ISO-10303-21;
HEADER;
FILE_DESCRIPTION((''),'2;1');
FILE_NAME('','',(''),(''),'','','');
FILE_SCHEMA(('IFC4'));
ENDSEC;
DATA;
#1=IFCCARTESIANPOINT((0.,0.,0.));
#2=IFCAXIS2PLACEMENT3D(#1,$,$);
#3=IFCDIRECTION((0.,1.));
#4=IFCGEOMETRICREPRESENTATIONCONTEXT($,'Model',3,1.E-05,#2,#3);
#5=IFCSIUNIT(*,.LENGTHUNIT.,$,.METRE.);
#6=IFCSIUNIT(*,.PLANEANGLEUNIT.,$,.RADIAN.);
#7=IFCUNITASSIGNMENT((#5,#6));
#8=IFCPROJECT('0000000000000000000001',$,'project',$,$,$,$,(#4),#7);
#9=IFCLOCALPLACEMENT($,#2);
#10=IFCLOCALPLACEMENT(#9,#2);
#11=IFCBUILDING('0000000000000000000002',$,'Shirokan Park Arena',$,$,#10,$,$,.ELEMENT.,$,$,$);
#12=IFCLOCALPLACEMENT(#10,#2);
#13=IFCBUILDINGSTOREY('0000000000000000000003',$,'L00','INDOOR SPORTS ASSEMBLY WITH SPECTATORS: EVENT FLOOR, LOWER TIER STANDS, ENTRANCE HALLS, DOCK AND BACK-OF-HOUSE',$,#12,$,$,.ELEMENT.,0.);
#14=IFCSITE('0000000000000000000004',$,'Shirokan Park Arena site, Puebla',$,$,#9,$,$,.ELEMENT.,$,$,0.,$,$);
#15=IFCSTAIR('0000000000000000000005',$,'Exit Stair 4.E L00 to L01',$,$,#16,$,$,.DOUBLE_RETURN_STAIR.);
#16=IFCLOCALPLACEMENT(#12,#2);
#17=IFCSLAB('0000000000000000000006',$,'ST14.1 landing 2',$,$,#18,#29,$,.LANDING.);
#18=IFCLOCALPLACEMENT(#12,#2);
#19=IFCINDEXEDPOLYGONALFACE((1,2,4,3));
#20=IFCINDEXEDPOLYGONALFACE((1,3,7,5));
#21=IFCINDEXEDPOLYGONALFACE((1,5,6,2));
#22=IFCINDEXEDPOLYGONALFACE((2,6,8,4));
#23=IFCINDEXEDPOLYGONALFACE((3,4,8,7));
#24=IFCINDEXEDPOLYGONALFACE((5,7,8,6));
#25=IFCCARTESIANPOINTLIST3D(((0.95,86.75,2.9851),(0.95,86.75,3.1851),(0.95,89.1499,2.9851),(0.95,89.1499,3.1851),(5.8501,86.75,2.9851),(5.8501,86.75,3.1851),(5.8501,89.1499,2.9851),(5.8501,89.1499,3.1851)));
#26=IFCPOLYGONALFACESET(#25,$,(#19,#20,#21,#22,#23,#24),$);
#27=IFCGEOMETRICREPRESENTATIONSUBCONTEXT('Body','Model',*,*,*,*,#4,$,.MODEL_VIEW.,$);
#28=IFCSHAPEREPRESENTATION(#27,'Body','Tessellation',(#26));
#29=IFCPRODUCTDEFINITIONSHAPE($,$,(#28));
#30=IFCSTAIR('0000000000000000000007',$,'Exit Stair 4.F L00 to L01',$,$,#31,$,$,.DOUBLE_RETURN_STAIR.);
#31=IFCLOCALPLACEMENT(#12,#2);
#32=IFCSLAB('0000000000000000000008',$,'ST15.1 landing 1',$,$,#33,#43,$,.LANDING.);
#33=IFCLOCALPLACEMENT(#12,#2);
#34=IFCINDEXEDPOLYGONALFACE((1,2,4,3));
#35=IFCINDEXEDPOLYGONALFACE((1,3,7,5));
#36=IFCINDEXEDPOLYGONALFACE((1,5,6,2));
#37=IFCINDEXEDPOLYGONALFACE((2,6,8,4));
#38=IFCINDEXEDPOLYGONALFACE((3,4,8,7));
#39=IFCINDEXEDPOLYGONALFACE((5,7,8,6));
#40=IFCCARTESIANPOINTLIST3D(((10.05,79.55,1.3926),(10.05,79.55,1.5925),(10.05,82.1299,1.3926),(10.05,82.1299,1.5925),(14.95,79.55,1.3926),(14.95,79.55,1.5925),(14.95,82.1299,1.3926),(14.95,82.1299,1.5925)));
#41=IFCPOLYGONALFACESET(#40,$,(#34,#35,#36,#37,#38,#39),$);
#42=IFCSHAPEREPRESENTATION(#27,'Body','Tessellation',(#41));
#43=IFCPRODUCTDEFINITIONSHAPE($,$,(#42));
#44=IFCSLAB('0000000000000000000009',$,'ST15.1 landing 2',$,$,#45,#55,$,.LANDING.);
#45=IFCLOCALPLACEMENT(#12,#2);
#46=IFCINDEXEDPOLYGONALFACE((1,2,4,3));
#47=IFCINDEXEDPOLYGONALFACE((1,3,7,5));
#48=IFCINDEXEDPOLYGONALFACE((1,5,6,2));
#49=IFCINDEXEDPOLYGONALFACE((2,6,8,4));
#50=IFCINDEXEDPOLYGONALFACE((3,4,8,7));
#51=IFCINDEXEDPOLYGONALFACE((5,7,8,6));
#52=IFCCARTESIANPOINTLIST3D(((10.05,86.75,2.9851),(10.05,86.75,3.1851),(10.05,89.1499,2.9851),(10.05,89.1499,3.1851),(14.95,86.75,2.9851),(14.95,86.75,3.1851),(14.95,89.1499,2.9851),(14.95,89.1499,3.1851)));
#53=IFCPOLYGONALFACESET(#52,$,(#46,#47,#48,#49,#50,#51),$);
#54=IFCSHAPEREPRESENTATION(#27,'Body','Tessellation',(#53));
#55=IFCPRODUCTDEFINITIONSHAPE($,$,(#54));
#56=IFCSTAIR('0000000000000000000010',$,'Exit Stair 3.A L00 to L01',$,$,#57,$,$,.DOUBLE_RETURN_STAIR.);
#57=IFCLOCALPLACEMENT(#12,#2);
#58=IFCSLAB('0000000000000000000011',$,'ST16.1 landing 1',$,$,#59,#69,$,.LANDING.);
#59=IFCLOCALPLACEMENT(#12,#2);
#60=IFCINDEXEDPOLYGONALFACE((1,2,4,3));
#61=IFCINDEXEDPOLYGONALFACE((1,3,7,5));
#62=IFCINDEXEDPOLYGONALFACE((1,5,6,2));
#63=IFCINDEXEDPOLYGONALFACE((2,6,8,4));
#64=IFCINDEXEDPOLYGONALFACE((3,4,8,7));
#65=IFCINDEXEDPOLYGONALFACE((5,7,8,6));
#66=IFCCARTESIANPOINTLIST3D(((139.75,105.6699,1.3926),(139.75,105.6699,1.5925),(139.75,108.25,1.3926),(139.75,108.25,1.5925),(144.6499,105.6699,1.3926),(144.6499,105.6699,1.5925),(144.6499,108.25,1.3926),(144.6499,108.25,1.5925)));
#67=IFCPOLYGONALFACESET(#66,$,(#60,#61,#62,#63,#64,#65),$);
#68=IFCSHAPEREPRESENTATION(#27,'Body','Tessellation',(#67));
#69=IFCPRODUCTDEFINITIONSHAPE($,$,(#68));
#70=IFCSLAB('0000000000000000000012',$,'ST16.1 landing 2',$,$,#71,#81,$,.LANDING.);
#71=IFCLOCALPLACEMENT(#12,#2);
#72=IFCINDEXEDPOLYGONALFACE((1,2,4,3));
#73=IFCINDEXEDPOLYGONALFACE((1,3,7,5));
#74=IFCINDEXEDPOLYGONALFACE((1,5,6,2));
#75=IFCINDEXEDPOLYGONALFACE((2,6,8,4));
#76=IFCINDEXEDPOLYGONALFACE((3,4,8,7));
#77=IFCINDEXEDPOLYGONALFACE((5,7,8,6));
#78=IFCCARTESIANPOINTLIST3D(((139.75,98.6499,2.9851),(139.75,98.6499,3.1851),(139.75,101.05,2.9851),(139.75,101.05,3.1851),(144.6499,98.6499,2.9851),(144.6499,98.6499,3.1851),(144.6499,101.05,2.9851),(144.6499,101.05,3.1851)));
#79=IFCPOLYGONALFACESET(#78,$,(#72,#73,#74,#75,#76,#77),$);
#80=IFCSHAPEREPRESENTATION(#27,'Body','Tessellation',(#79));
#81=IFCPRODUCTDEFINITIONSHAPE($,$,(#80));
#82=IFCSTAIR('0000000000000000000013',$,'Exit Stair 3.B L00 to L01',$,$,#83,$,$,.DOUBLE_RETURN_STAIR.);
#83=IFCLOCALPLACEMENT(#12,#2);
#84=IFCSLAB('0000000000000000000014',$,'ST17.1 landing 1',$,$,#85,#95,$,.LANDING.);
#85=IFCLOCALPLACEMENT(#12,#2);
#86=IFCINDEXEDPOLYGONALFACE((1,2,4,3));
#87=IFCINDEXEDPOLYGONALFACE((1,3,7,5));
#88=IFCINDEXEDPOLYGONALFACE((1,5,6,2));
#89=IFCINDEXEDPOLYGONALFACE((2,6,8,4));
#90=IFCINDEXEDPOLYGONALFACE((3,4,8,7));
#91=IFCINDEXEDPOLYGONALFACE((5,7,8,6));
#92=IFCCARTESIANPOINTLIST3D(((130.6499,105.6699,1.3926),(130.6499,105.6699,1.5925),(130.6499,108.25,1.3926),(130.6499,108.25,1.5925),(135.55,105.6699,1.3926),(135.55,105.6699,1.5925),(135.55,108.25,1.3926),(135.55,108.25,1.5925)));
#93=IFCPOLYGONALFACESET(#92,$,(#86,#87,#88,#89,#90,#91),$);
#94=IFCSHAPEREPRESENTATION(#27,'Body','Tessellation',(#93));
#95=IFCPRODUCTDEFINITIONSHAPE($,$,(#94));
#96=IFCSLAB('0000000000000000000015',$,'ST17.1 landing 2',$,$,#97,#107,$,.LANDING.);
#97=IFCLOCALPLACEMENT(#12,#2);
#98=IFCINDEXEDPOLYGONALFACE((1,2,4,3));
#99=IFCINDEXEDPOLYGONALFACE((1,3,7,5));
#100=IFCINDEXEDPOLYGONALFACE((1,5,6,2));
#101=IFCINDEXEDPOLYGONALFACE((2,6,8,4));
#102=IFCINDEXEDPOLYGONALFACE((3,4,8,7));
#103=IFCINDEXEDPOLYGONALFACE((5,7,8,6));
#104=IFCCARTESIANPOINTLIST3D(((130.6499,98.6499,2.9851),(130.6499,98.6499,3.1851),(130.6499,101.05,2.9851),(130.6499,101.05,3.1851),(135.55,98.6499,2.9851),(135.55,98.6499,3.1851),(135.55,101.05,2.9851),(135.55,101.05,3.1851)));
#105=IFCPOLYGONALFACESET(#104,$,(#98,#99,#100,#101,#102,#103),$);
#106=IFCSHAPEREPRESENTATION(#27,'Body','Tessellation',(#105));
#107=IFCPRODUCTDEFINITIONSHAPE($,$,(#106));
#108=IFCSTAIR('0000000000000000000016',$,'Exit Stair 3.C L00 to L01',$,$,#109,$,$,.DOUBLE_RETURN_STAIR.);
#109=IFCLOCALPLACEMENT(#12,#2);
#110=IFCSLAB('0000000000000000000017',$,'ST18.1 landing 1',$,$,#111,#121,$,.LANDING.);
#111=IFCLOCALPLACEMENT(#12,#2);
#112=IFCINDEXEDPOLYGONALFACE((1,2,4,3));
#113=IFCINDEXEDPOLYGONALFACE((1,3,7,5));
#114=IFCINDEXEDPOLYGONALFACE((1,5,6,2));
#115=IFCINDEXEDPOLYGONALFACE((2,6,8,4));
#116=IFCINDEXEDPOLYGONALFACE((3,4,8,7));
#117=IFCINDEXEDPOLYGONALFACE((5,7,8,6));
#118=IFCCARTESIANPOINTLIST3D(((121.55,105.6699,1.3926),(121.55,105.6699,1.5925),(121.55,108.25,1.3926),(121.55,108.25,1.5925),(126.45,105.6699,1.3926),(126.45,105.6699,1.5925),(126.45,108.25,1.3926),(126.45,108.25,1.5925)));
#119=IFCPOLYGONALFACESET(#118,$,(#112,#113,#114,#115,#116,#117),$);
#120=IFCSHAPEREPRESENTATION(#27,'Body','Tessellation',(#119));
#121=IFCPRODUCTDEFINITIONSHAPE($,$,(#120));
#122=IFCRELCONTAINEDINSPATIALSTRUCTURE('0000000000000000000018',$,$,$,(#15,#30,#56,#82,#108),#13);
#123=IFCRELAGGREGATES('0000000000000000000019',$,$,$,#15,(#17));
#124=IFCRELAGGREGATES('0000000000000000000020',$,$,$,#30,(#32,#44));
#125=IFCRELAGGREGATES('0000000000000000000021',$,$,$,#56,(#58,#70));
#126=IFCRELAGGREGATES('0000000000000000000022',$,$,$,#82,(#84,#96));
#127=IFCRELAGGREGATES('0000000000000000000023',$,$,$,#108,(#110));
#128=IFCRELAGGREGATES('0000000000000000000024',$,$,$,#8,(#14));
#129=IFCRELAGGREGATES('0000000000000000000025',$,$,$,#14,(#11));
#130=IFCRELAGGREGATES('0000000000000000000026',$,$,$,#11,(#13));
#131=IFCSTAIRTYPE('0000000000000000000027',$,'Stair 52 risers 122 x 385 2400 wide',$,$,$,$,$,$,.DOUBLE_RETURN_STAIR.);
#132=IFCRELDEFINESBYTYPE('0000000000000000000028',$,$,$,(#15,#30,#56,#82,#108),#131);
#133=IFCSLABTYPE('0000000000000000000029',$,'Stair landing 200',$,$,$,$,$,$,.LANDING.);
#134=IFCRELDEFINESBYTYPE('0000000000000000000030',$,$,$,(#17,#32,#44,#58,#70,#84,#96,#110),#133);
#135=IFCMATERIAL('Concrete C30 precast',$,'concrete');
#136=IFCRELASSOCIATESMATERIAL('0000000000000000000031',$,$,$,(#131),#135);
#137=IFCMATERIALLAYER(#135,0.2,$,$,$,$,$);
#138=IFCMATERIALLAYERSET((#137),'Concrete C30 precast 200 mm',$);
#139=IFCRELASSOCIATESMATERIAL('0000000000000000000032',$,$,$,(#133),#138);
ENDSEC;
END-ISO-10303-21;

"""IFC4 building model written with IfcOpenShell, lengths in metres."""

from ifc_helpers import new_model, si_unit, direction, frame, origin, place, context, subcontext, project, spatial, polyline, outline, extrude, material, layer, layer_set, type_object, element, aggregate, save


model = new_model("IFC4")

# Units and contexts
model_context = context("Model", 3, precision=1e-05, world=origin(), true_north=direction((0.0, 1.0)))
body_context = subcontext(model_context, "Body", "Model", "MODEL_VIEW")
ifc_project = project(units=[si_unit("LENGTHUNIT", "METRE"), si_unit("PLANEANGLEUNIT", "RADIAN")], contexts=[model_context])

# Site, building, storey
site_placement = place(None, origin())
site = spatial("IfcSite", under=ifc_project, at=site_placement, Name="Shirokan Park Arena site, Puebla", CompositionType="ELEMENT", RefElevation=0.0)
building_placement = place(site_placement, origin())
building = spatial("IfcBuilding", under=site, at=building_placement, Name="Shirokan Park Arena", CompositionType="ELEMENT")
storey_placement = place(building_placement, origin())
storey = spatial("IfcBuildingStorey", under=building, at=storey_placement, Name="L00", Description="INDOOR SPORTS ASSEMBLY WITH SPECTATORS: EVENT FLOOR, LOWER TIER STANDS, ENTRANCE HALLS, DOCK AND BACK-OF-HOUSE", CompositionType="ELEMENT", Elevation=0.0)

# Stairs, slabs
ifc_material = material(Name="Concrete C30 precast", Category="concrete")
stair_type = type_object("IfcStairType", Name="Stair 52 risers 122 x 385 2400 wide", PredefinedType="DOUBLE_RETURN_STAIR", material=ifc_material)
ifc_layer = layer(ifc_material, 0.2)
ifc_layer_set = layer_set([ifc_layer], Name="Concrete C30 precast 200 mm")
slab_type = type_object("IfcSlabType", Name="Stair landing 200", PredefinedType="LANDING", material=ifc_layer_set)
stair_1_placement = place(storey_placement, origin())
stair_1 = element("IfcStair", 1, at=stair_1_placement, inside=storey, type_object=stair_type, Name="Exit Stair 4.E L00 to L01", PredefinedType="DOUBLE_RETURN_STAIR")
slab_1_placement = place(storey_placement, frame((0.0, 0.0, 2.9851)))
slab_1 = element("IfcSlab", 2, at=slab_1_placement, type_object=slab_type, Name="ST14.1 landing 2", PredefinedType="LANDING", context=body_context, shape_type="SweptSolid", body=[
    extrude(outline(polyline([(0.95, 86.75), (5.8501, 86.75), (5.8501, 89.1499), (0.95, 89.1499), (0.95, 86.75)])), origin(), (0.0, 0.0, 1.0), 0.2),
])
aggregate(stair_1, [slab_1])
stair_2_placement = place(storey_placement, origin())
stair_2 = element("IfcStair", 3, at=stair_2_placement, inside=storey, type_object=stair_type, Name="Exit Stair 4.F L00 to L01", PredefinedType="DOUBLE_RETURN_STAIR")
slab_2_placement = place(storey_placement, frame((0.0, 0.0, 1.3926)))
slab_2 = element("IfcSlab", 4, at=slab_2_placement, type_object=slab_type, Name="ST15.1 landing 1", PredefinedType="LANDING", context=body_context, shape_type="SweptSolid", body=[
    extrude(outline(polyline([(10.05, 79.55), (14.95, 79.55), (14.95, 82.1299), (10.05, 82.1299), (10.05, 79.55)])), origin(), (0.0, 0.0, 1.0), 0.2),
])
slab_3_placement = place(storey_placement, frame((0.0, 0.0, 2.9851)))
slab_3 = element("IfcSlab", 5, at=slab_3_placement, type_object=slab_type, Name="ST15.1 landing 2", PredefinedType="LANDING", context=body_context, shape_type="SweptSolid", body=[
    extrude(outline(polyline([(10.05, 86.75), (14.95, 86.75), (14.95, 89.1499), (10.05, 89.1499), (10.05, 86.75)])), origin(), (0.0, 0.0, 1.0), 0.2),
])
aggregate(stair_2, [slab_2, slab_3])
stair_3_placement = place(storey_placement, origin())
stair_3 = element("IfcStair", 6, at=stair_3_placement, inside=storey, type_object=stair_type, Name="Exit Stair 3.A L00 to L01", PredefinedType="DOUBLE_RETURN_STAIR")
slab_4_placement = place(storey_placement, frame((0.0, 0.0, 1.3926)))
slab_4 = element("IfcSlab", 7, at=slab_4_placement, type_object=slab_type, Name="ST16.1 landing 1", PredefinedType="LANDING", context=body_context, shape_type="SweptSolid", body=[
    extrude(outline(polyline([(139.75, 105.6699), (144.6499, 105.6699), (144.6499, 108.25), (139.75, 108.25), (139.75, 105.6699)])), origin(), (0.0, 0.0, 1.0), 0.2),
])
slab_5_placement = place(storey_placement, frame((0.0, 0.0, 2.9851)))
slab_5 = element("IfcSlab", 8, at=slab_5_placement, type_object=slab_type, Name="ST16.1 landing 2", PredefinedType="LANDING", context=body_context, shape_type="SweptSolid", body=[
    extrude(outline(polyline([(139.75, 98.6499), (144.6499, 98.6499), (144.6499, 101.05), (139.75, 101.05), (139.75, 98.6499)])), origin(), (0.0, 0.0, 1.0), 0.2),
])
aggregate(stair_3, [slab_4, slab_5])
stair_4_placement = place(storey_placement, origin())
stair_4 = element("IfcStair", 9, at=stair_4_placement, inside=storey, type_object=stair_type, Name="Exit Stair 3.B L00 to L01", PredefinedType="DOUBLE_RETURN_STAIR")
slab_6_placement = place(storey_placement, frame((0.0, 0.0, 1.3926)))
slab_6 = element("IfcSlab", 10, at=slab_6_placement, type_object=slab_type, Name="ST17.1 landing 1", PredefinedType="LANDING", context=body_context, shape_type="SweptSolid", body=[
    extrude(outline(polyline([(130.6499, 105.6699), (135.55, 105.6699), (135.55, 108.25), (130.6499, 108.25), (130.6499, 105.6699)])), origin(), (0.0, 0.0, 1.0), 0.2),
])
slab_7_placement = place(storey_placement, frame((0.0, 0.0, 2.9851)))
slab_7 = element("IfcSlab", 11, at=slab_7_placement, type_object=slab_type, Name="ST17.1 landing 2", PredefinedType="LANDING", context=body_context, shape_type="SweptSolid", body=[
    extrude(outline(polyline([(130.6499, 98.6499), (135.55, 98.6499), (135.55, 101.05), (130.6499, 101.05), (130.6499, 98.6499)])), origin(), (0.0, 0.0, 1.0), 0.2),
])
aggregate(stair_4, [slab_6, slab_7])

# Stair, slab
stair_5_placement = place(storey_placement, origin())
stair_5 = element("IfcStair", 12, at=stair_5_placement, inside=storey, type_object=stair_type, Name="Exit Stair 3.C L00 to L01", PredefinedType="DOUBLE_RETURN_STAIR")
slab_8_placement = place(storey_placement, frame((0.0, 0.0, 1.3926)))
slab_8 = element("IfcSlab", 13, at=slab_8_placement, type_object=slab_type, Name="ST18.1 landing 1", PredefinedType="LANDING", context=body_context, shape_type="SweptSolid", body=[
    extrude(outline(polyline([(121.55, 105.6699), (126.45, 105.6699), (126.45, 108.25), (121.55, 108.25), (121.55, 105.6699)])), origin(), (0.0, 0.0, 1.0), 0.2),
])
aggregate(stair_5, [slab_8])

save(model, "model.ifc")
